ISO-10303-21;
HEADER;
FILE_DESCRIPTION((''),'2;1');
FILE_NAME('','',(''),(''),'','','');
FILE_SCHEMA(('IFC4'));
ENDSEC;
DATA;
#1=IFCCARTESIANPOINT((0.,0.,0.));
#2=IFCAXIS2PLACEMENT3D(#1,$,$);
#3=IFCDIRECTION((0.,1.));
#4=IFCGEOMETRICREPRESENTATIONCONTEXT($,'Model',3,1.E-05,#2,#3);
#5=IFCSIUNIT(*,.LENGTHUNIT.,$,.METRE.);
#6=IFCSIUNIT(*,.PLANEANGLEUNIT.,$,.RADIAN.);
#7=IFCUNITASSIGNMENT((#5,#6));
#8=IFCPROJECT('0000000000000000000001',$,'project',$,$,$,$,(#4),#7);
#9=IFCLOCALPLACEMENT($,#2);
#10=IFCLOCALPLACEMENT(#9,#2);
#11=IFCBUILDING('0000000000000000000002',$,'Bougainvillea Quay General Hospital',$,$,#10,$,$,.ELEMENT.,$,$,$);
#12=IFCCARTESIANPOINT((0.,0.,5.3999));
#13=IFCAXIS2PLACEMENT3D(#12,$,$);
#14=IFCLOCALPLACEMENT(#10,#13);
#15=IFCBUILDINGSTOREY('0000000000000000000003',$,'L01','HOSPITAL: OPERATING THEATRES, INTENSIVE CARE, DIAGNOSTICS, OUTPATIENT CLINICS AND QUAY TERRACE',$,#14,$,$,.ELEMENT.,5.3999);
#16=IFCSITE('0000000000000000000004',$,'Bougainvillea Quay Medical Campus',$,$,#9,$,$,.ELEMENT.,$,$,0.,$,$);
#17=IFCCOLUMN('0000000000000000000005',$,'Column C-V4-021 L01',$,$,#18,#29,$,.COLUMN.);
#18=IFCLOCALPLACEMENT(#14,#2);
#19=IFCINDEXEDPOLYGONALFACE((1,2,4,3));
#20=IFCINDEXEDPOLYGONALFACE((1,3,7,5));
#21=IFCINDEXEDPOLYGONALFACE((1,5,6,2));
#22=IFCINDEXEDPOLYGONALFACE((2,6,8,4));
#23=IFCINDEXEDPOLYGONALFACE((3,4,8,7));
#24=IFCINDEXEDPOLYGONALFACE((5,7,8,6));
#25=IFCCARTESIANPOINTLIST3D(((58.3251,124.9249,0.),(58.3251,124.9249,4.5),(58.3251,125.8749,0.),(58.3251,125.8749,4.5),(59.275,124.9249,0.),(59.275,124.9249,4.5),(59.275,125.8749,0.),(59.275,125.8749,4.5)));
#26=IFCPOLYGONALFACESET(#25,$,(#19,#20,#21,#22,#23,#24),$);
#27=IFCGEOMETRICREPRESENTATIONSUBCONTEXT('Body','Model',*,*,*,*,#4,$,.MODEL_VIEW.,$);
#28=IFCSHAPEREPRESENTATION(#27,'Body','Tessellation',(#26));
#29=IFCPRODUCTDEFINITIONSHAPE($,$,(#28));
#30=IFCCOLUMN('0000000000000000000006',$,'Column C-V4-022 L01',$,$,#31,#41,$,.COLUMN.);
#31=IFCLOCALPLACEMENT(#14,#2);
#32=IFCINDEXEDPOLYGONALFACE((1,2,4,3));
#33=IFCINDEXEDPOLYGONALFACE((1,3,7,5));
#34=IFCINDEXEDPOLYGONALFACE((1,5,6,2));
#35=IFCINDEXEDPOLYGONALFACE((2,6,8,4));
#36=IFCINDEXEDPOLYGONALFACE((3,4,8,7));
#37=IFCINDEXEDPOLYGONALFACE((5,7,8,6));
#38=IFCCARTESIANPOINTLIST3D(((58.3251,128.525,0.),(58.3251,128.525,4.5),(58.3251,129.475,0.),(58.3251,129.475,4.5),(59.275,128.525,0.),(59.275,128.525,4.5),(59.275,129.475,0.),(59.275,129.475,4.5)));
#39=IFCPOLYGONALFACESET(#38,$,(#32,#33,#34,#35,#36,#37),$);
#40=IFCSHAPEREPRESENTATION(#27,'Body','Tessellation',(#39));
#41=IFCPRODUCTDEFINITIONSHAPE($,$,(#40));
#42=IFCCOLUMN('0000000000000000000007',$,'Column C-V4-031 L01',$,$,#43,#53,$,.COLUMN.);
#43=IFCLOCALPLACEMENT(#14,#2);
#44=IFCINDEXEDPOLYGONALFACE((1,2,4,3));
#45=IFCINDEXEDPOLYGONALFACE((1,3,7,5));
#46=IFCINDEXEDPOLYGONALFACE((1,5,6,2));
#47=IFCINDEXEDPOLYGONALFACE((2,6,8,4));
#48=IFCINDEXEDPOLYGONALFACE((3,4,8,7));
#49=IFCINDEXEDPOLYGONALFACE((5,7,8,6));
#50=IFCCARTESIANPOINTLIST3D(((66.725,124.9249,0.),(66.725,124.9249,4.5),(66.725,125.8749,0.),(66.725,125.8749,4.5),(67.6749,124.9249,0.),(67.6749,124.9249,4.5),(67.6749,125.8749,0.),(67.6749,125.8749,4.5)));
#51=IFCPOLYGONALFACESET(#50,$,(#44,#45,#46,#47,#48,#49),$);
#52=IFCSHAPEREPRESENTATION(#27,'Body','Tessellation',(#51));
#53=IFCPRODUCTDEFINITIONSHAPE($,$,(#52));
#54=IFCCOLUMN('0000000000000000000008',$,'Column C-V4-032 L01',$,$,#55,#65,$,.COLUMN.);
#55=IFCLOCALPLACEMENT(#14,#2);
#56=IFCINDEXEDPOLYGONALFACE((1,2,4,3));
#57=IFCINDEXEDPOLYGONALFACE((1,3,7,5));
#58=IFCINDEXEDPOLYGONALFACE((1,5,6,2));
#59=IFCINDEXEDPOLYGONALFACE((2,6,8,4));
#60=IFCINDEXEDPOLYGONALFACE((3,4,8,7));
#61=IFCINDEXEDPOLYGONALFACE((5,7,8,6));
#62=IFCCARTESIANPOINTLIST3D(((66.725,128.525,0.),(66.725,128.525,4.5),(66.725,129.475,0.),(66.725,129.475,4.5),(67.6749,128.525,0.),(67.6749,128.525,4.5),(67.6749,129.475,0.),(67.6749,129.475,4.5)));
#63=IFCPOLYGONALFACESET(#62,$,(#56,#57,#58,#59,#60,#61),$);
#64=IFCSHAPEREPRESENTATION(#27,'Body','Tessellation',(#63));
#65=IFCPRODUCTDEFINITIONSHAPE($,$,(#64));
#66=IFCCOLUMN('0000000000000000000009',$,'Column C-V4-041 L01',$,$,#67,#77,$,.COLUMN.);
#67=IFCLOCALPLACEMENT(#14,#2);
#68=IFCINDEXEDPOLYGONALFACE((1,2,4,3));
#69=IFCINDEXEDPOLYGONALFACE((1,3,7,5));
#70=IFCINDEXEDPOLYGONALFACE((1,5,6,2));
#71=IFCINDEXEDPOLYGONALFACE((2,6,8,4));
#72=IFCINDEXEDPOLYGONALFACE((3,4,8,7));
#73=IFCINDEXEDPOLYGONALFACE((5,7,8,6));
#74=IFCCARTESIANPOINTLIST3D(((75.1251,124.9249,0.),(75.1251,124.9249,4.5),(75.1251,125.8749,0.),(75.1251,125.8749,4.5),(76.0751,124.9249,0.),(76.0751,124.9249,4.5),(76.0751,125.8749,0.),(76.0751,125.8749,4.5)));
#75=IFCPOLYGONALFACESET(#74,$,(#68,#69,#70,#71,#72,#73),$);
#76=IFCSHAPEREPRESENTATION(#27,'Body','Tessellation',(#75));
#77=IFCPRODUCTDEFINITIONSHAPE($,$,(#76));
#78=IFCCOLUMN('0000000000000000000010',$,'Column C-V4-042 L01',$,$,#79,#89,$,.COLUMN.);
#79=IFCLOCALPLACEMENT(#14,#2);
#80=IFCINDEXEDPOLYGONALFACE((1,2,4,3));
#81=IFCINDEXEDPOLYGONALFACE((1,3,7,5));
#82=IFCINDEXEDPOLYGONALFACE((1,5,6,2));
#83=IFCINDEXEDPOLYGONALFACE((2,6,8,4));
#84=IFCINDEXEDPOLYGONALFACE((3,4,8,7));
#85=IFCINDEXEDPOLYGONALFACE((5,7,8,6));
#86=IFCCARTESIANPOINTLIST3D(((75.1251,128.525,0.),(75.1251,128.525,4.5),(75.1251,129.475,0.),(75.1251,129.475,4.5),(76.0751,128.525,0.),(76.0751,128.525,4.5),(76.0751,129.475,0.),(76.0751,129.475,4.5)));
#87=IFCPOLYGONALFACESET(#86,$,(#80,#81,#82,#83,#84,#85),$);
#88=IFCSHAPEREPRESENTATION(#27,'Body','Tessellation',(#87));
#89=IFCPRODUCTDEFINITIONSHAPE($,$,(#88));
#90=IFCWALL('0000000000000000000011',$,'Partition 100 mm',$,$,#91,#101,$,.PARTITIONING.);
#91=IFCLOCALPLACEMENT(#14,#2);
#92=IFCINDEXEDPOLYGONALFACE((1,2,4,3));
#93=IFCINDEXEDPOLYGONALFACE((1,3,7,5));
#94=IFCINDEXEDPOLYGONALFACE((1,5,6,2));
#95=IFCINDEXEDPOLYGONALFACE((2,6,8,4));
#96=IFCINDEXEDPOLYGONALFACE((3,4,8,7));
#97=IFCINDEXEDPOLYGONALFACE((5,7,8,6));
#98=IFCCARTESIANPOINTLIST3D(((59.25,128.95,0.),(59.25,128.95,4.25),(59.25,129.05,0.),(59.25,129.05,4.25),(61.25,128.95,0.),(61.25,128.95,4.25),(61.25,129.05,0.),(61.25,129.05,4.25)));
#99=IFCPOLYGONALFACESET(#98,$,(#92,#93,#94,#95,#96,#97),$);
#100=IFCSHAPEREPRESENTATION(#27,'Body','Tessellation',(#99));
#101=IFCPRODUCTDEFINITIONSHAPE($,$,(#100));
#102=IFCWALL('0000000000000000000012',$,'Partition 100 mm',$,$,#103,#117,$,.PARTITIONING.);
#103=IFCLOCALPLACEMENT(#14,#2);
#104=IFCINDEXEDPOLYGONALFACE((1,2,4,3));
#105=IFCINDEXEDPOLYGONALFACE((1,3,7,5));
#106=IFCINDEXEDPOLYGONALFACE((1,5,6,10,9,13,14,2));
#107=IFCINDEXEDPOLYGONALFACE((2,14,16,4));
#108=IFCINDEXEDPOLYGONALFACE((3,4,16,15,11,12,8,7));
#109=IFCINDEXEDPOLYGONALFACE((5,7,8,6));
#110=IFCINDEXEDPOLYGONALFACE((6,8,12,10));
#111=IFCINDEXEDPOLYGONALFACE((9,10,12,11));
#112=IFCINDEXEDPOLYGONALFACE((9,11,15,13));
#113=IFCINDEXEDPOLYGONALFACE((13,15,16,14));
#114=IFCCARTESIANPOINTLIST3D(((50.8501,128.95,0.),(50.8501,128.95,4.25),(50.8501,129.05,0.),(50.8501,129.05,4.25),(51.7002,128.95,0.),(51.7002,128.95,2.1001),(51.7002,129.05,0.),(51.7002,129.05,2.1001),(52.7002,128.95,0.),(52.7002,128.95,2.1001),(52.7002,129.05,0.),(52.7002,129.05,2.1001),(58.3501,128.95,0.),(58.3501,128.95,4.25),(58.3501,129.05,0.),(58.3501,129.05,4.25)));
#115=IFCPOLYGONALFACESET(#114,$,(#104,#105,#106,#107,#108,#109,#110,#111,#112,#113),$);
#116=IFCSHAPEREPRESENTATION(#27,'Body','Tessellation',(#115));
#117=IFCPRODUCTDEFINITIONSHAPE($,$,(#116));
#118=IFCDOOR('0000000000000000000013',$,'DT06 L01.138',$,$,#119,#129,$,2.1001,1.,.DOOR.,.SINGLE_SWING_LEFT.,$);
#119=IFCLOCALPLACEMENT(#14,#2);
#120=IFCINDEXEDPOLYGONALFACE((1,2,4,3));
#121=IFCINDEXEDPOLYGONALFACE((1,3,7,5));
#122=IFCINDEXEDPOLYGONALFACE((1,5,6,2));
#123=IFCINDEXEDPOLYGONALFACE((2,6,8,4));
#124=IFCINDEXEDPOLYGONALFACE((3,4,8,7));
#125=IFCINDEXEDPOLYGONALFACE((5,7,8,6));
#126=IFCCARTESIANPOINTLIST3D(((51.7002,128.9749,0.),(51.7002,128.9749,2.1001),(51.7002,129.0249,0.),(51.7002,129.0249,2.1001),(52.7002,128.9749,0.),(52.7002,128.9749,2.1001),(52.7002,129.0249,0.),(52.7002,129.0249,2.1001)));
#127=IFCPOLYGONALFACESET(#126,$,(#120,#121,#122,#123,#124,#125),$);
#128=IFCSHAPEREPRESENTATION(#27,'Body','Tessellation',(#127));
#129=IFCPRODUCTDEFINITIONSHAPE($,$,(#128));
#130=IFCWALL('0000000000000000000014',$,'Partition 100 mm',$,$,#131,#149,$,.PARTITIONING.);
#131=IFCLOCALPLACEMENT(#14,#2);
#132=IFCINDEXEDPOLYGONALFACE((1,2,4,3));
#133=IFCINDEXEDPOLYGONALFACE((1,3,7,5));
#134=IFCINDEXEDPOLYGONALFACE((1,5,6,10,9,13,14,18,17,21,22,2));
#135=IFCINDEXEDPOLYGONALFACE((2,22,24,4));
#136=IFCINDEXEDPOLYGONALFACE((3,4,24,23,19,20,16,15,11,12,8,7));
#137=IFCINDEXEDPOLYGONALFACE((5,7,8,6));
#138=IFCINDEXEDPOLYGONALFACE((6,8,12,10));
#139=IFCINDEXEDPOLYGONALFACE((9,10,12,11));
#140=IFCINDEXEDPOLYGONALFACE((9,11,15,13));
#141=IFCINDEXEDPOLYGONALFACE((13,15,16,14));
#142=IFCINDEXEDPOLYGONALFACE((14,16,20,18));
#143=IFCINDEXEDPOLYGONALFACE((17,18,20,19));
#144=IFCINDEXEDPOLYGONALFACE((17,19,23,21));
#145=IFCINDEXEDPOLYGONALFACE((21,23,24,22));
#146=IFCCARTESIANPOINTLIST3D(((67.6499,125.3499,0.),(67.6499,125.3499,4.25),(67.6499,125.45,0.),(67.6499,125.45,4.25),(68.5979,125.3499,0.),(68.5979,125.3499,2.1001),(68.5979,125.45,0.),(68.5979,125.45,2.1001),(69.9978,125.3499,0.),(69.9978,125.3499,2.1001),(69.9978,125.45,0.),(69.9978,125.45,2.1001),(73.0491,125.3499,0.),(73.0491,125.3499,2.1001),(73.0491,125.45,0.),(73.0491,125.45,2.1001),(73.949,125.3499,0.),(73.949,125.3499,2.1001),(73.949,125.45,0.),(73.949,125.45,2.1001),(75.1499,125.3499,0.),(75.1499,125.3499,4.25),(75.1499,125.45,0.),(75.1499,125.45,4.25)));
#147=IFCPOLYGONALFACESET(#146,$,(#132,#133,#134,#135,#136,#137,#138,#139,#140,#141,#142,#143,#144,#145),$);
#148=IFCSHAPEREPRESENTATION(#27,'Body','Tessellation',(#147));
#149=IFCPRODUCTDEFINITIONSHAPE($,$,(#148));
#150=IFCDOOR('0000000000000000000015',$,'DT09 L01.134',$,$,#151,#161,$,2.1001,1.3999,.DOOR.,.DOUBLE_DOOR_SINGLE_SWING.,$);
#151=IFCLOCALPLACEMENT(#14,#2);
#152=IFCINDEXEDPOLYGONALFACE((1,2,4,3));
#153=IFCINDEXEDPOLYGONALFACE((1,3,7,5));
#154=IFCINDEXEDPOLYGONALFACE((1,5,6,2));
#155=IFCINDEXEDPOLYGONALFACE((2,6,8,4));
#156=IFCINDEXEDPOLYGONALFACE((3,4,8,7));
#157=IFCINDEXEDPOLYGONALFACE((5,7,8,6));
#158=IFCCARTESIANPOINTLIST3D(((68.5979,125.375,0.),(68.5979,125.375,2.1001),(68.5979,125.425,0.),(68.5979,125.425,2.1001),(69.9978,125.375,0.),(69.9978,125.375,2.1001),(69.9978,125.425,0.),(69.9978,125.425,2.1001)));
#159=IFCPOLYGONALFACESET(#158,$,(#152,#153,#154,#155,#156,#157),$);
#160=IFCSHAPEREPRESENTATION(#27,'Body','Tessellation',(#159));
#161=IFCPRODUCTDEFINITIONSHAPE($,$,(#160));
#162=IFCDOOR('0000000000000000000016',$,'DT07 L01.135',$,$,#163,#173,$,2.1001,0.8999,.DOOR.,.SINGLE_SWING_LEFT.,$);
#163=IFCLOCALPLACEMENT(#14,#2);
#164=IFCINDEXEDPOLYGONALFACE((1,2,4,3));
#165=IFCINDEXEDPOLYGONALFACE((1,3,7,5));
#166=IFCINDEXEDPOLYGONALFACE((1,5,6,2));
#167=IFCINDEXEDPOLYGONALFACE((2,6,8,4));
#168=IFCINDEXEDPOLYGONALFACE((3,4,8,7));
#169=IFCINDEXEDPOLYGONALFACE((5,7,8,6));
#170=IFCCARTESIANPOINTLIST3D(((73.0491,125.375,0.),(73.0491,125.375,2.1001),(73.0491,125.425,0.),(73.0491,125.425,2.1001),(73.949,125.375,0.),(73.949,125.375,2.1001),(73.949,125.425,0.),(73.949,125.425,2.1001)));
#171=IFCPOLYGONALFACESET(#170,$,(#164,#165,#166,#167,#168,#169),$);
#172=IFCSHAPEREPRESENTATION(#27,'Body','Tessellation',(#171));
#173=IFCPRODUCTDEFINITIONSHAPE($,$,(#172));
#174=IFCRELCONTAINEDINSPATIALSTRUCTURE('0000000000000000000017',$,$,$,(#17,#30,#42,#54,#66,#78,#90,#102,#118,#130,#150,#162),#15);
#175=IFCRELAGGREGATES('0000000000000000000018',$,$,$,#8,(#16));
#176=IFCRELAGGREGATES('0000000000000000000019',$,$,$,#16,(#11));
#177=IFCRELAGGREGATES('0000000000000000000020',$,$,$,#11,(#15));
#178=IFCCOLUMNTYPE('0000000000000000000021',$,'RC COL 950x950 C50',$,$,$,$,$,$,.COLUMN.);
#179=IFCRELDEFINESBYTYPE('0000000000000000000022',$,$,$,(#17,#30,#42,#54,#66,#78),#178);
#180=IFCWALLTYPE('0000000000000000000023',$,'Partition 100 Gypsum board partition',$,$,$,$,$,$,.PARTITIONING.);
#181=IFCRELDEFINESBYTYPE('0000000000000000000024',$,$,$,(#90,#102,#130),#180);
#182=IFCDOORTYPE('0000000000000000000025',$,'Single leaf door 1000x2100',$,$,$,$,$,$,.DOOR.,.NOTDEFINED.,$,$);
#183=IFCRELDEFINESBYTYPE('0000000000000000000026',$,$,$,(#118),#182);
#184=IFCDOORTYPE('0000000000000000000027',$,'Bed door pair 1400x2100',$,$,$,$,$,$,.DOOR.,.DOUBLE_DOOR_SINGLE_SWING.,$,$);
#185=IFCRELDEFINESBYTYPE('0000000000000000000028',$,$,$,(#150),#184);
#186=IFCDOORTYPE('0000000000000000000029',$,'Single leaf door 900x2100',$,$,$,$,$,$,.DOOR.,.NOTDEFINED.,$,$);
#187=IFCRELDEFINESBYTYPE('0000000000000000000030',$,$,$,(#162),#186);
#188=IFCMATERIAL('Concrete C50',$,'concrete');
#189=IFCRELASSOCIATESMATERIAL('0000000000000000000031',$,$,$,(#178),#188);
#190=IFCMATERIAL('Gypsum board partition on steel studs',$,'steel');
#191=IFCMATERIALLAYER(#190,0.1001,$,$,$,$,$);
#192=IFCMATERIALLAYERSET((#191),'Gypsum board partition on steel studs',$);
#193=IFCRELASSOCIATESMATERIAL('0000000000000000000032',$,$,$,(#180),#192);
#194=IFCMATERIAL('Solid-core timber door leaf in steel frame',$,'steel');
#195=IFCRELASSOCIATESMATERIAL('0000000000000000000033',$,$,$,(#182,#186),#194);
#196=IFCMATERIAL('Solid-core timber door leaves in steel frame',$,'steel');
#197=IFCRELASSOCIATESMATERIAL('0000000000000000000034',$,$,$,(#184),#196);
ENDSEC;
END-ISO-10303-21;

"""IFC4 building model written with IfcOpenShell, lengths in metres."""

from ifc_helpers import new_model, si_unit, direction, frame, frame_2d, origin, origin_2d, place, context, subcontext, project, spatial, rectangle, extrude, material, layer, layer_set, material_profile, profile_set, type_object, element, fill, save


model = new_model("IFC4")

# Units and contexts
model_context = context("Model", 3, precision=1e-05, world=origin(), true_north=direction((0.0, 1.0)))
body_context = subcontext(model_context, "Body", "Model", "MODEL_VIEW")
ifc_project = project(units=[si_unit("LENGTHUNIT", "METRE"), si_unit("PLANEANGLEUNIT", "RADIAN")], contexts=[model_context])

# Site, building, storey
site_placement = place(None, origin())
site = spatial("IfcSite", under=ifc_project, at=site_placement, Name="Bougainvillea Quay Medical Campus", CompositionType="ELEMENT", RefElevation=0.0)
building_placement = place(site_placement, origin())
building = spatial("IfcBuilding", under=site, at=building_placement, Name="Bougainvillea Quay General Hospital", CompositionType="ELEMENT")
storey_placement = place(building_placement, frame((0.0, 0.0, 5.3999)))
storey = spatial("IfcBuildingStorey", under=building, at=storey_placement, Name="L01", Description="HOSPITAL: OPERATING THEATRES, INTENSIVE CARE, DIAGNOSTICS, OUTPATIENT CLINICS AND QUAY TERRACE", CompositionType="ELEMENT", Elevation=5.3999)

# Columns
ifc_material_1 = material(Name="Concrete C50", Category="concrete")
ifc_material_profile = material_profile(ifc_material_1, rectangle(XDim=0.95, YDim=0.95, at=origin_2d()))
ifc_profile_set = profile_set([ifc_material_profile], Name="Concrete C50")
column_type = type_object("IfcColumnType", Name="RC COL 950x950 C50", PredefinedType="COLUMN", material=ifc_profile_set)
for number, where, z_axis, x_axis, name in (
    (1, (58.8, 125.3999, 0.0), (0.0, 0.0, 1.0), (1.0, 0.0, 0.0), "Column C-V4-021 L01"),
    (2, (58.8, 129.0, 0.0), (0.0, 0.0, 1.0), (1.0, 0.0, 0.0), "Column C-V4-022 L01"),
    (3, (67.2, 125.3999, 0.0), (0.0, 0.0, 1.0), (1.0, 0.0, 0.0), "Column C-V4-031 L01"),
    (4, (67.2, 129.0, 0.0), (0.0, 0.0, 1.0), (1.0, 0.0, 0.0), "Column C-V4-032 L01"),
    (5, (75.6001, 125.3999, 0.0), (0.0, 0.0, 1.0), (1.0, 0.0, 0.0), "Column C-V4-041 L01"),
    (6, (75.6001, 129.0, 0.0), (0.0, 0.0, 1.0), (1.0, 0.0, 0.0), "Column C-V4-042 L01"),
):
    element("IfcColumn", number, at=place(storey_placement, frame(where, z_axis=z_axis, x_axis=x_axis)), inside=storey, type_object=column_type, Name=name, PredefinedType="COLUMN", context=body_context, shape_type="SweptSolid", body=[
        extrude(rectangle(XDim=0.95, YDim=0.95, at=origin_2d()), origin(), (0.0, 0.0, 1.0), 4.5),
    ])

# Wall
ifc_material_2 = material(Name="Gypsum board partition on steel studs", Category="steel")
ifc_layer_1 = layer(ifc_material_2, 0.1001)
ifc_layer_set_1 = layer_set([ifc_layer_1], Name="Gypsum board partition on steel studs")
wall_type_1 = type_object("IfcWallType", Name="Partition 100 Gypsum board partition", PredefinedType="PARTITIONING", material=ifc_layer_set_1)
wall_1_placement = place(storey_placement, frame((61.25, 129.0, 0.0), z_axis=(0.0, 0.0, 1.0), x_axis=(-1.0, 0.0, 0.0)))
element("IfcWall", 7, at=wall_1_placement, inside=storey, type_object=wall_type_1, Name="Partition 100 mm", PredefinedType="PARTITIONING", context=body_context, shape_type="SweptSolid", body=[
    extrude(rectangle(XDim=2.0, YDim=0.1001, at=frame_2d((1.0, 0.0))), origin(), (0.0, 0.0, 1.0), 4.25),
])

# Wall, opening, door
wall_2_placement = place(storey_placement, frame((58.3501, 129.0, 0.0), z_axis=(0.0, 0.0, 1.0), x_axis=(-1.0, 0.0, 0.0)))
wall_2 = element("IfcWall", 8, at=wall_2_placement, inside=storey, type_object=wall_type_1, Name="Partition 100 mm", PredefinedType="PARTITIONING", context=body_context, shape_type="SweptSolid", body=[
    extrude(rectangle(XDim=7.5, YDim=0.1001, at=frame_2d((3.75, 0.0))), origin(), (0.0, 0.0, 1.0), 4.25),
])
opening_1_placement = place(wall_2_placement, frame((5.6499, 0.0, 0.0)))
opening_1 = element("IfcOpeningElement", 9, at=opening_1_placement, cuts=wall_2, PredefinedType="OPENING", context=body_context, shape_type="SweptSolid", body=[
    extrude(rectangle(XDim=1.0, YDim=2.1001, at=frame_2d((0.5, 1.05))), frame((0.0, 0.0601, 0.0), z_axis=(0.0, -1.0, 0.0), x_axis=(1.0, 0.0, 0.0)), (0.0, 0.0, 1.0), 0.1201),
])
ifc_material_3 = material(Name="Solid-core timber door leaf in steel frame", Category="steel")
door_type_1 = type_object("IfcDoorType", Name="Single leaf door 1000x2100", OperationType="NOTDEFINED", PredefinedType="DOOR", material=ifc_material_3)
door_1_placement = place(opening_1_placement, frame((1.0, 0.0, 0.0), z_axis=(0.0, 0.0, 1.0), x_axis=(-1.0, 0.0, 0.0)))
door_1 = element("IfcDoor", 10, at=door_1_placement, inside=storey, type_object=door_type_1, Name="DT06 L01.138", OperationType="SINGLE_SWING_LEFT", OverallHeight=2.1001, OverallWidth=1.0, PredefinedType="DOOR", context=body_context, shape_type="SweptSolid", body=[
    extrude(rectangle(XDim=1.0, YDim=2.1001, at=frame_2d((0.5, 1.05))), frame((0.0, 0.0249, 0.0), z_axis=(0.0, -1.0, 0.0), x_axis=(1.0, 0.0, 0.0)), (0.0, 0.0, 1.0), 0.05),
])
fill(opening_1, door_1)

# Wall, openings, doors
wall_3_placement = place(storey_placement, frame((75.1499, 125.3999, 0.0), z_axis=(0.0, 0.0, 1.0), x_axis=(-1.0, 0.0, 0.0)))
wall_3 = element("IfcWall", 11, at=wall_3_placement, inside=storey, type_object=wall_type_1, Name="Partition 100 mm", PredefinedType="PARTITIONING", context=body_context, shape_type="SweptSolid", body=[
    extrude(rectangle(XDim=7.5, YDim=0.1001, at=frame_2d((3.75, 0.0))), origin(), (0.0, 0.0, 1.0), 4.25),
])
opening_2_placement = place(wall_3_placement, frame((5.1521, 0.0, 0.0)))
opening_2 = element("IfcOpeningElement", 12, at=opening_2_placement, cuts=wall_3, PredefinedType="OPENING", context=body_context, shape_type="SweptSolid", body=[
    extrude(rectangle(XDim=1.3999, YDim=2.1001, at=frame_2d((0.7, 1.05))), frame((0.0, 0.0601, 0.0), z_axis=(0.0, -1.0, 0.0), x_axis=(1.0, 0.0, 0.0)), (0.0, 0.0, 1.0), 0.1201),
])
opening_3_placement = place(wall_3_placement, frame((1.2009, 0.0, 0.0)))
opening_3 = element("IfcOpeningElement", 13, at=opening_3_placement, cuts=wall_3, PredefinedType="OPENING", context=body_context, shape_type="SweptSolid", body=[
    extrude(rectangle(XDim=0.8999, YDim=2.1001, at=frame_2d((0.45, 1.05))), frame((0.0, 0.0601, 0.0), z_axis=(0.0, -1.0, 0.0), x_axis=(1.0, 0.0, 0.0)), (0.0, 0.0, 1.0), 0.1201),
])
ifc_material_4 = material(Name="Solid-core timber door leaves in steel frame", Category="steel")
door_type_2 = type_object("IfcDoorType", Name="Bed door pair 1400x2100", OperationType="DOUBLE_DOOR_SINGLE_SWING", PredefinedType="DOOR", material=ifc_material_4)
door_2_placement = place(opening_2_placement, origin())
door_2 = element("IfcDoor", 14, at=door_2_placement, inside=storey, type_object=door_type_2, Name="DT09 L01.134", OperationType="DOUBLE_DOOR_SINGLE_SWING", OverallHeight=2.1001, OverallWidth=1.3999, PredefinedType="DOOR", context=body_context, shape_type="SweptSolid", body=[
    extrude(rectangle(XDim=1.3999, YDim=2.1001, at=frame_2d((0.7, 1.05))), frame((0.0, 0.0249, 0.0), z_axis=(0.0, -1.0, 0.0), x_axis=(1.0, 0.0, 0.0)), (0.0, 0.0, 1.0), 0.05),
])
fill(opening_2, door_2)
door_type_3 = type_object("IfcDoorType", Name="Single leaf door 900x2100", OperationType="NOTDEFINED", PredefinedType="DOOR", material=ifc_material_3)
door_3_placement = place(opening_3_placement, origin())
door_3 = element("IfcDoor", 15, at=door_3_placement, inside=storey, type_object=door_type_3, Name="DT07 L01.135", OperationType="SINGLE_SWING_LEFT", OverallHeight=2.1001, OverallWidth=0.8999, PredefinedType="DOOR", context=body_context, shape_type="SweptSolid", body=[
    extrude(rectangle(XDim=0.8999, YDim=2.1001, at=frame_2d((0.45, 1.05))), frame((0.0, 0.0249, 0.0), z_axis=(0.0, -1.0, 0.0), x_axis=(1.0, 0.0, 0.0)), (0.0, 0.0, 1.0), 0.05),
])
fill(opening_3, door_3)

save(model, "model.ifc")
